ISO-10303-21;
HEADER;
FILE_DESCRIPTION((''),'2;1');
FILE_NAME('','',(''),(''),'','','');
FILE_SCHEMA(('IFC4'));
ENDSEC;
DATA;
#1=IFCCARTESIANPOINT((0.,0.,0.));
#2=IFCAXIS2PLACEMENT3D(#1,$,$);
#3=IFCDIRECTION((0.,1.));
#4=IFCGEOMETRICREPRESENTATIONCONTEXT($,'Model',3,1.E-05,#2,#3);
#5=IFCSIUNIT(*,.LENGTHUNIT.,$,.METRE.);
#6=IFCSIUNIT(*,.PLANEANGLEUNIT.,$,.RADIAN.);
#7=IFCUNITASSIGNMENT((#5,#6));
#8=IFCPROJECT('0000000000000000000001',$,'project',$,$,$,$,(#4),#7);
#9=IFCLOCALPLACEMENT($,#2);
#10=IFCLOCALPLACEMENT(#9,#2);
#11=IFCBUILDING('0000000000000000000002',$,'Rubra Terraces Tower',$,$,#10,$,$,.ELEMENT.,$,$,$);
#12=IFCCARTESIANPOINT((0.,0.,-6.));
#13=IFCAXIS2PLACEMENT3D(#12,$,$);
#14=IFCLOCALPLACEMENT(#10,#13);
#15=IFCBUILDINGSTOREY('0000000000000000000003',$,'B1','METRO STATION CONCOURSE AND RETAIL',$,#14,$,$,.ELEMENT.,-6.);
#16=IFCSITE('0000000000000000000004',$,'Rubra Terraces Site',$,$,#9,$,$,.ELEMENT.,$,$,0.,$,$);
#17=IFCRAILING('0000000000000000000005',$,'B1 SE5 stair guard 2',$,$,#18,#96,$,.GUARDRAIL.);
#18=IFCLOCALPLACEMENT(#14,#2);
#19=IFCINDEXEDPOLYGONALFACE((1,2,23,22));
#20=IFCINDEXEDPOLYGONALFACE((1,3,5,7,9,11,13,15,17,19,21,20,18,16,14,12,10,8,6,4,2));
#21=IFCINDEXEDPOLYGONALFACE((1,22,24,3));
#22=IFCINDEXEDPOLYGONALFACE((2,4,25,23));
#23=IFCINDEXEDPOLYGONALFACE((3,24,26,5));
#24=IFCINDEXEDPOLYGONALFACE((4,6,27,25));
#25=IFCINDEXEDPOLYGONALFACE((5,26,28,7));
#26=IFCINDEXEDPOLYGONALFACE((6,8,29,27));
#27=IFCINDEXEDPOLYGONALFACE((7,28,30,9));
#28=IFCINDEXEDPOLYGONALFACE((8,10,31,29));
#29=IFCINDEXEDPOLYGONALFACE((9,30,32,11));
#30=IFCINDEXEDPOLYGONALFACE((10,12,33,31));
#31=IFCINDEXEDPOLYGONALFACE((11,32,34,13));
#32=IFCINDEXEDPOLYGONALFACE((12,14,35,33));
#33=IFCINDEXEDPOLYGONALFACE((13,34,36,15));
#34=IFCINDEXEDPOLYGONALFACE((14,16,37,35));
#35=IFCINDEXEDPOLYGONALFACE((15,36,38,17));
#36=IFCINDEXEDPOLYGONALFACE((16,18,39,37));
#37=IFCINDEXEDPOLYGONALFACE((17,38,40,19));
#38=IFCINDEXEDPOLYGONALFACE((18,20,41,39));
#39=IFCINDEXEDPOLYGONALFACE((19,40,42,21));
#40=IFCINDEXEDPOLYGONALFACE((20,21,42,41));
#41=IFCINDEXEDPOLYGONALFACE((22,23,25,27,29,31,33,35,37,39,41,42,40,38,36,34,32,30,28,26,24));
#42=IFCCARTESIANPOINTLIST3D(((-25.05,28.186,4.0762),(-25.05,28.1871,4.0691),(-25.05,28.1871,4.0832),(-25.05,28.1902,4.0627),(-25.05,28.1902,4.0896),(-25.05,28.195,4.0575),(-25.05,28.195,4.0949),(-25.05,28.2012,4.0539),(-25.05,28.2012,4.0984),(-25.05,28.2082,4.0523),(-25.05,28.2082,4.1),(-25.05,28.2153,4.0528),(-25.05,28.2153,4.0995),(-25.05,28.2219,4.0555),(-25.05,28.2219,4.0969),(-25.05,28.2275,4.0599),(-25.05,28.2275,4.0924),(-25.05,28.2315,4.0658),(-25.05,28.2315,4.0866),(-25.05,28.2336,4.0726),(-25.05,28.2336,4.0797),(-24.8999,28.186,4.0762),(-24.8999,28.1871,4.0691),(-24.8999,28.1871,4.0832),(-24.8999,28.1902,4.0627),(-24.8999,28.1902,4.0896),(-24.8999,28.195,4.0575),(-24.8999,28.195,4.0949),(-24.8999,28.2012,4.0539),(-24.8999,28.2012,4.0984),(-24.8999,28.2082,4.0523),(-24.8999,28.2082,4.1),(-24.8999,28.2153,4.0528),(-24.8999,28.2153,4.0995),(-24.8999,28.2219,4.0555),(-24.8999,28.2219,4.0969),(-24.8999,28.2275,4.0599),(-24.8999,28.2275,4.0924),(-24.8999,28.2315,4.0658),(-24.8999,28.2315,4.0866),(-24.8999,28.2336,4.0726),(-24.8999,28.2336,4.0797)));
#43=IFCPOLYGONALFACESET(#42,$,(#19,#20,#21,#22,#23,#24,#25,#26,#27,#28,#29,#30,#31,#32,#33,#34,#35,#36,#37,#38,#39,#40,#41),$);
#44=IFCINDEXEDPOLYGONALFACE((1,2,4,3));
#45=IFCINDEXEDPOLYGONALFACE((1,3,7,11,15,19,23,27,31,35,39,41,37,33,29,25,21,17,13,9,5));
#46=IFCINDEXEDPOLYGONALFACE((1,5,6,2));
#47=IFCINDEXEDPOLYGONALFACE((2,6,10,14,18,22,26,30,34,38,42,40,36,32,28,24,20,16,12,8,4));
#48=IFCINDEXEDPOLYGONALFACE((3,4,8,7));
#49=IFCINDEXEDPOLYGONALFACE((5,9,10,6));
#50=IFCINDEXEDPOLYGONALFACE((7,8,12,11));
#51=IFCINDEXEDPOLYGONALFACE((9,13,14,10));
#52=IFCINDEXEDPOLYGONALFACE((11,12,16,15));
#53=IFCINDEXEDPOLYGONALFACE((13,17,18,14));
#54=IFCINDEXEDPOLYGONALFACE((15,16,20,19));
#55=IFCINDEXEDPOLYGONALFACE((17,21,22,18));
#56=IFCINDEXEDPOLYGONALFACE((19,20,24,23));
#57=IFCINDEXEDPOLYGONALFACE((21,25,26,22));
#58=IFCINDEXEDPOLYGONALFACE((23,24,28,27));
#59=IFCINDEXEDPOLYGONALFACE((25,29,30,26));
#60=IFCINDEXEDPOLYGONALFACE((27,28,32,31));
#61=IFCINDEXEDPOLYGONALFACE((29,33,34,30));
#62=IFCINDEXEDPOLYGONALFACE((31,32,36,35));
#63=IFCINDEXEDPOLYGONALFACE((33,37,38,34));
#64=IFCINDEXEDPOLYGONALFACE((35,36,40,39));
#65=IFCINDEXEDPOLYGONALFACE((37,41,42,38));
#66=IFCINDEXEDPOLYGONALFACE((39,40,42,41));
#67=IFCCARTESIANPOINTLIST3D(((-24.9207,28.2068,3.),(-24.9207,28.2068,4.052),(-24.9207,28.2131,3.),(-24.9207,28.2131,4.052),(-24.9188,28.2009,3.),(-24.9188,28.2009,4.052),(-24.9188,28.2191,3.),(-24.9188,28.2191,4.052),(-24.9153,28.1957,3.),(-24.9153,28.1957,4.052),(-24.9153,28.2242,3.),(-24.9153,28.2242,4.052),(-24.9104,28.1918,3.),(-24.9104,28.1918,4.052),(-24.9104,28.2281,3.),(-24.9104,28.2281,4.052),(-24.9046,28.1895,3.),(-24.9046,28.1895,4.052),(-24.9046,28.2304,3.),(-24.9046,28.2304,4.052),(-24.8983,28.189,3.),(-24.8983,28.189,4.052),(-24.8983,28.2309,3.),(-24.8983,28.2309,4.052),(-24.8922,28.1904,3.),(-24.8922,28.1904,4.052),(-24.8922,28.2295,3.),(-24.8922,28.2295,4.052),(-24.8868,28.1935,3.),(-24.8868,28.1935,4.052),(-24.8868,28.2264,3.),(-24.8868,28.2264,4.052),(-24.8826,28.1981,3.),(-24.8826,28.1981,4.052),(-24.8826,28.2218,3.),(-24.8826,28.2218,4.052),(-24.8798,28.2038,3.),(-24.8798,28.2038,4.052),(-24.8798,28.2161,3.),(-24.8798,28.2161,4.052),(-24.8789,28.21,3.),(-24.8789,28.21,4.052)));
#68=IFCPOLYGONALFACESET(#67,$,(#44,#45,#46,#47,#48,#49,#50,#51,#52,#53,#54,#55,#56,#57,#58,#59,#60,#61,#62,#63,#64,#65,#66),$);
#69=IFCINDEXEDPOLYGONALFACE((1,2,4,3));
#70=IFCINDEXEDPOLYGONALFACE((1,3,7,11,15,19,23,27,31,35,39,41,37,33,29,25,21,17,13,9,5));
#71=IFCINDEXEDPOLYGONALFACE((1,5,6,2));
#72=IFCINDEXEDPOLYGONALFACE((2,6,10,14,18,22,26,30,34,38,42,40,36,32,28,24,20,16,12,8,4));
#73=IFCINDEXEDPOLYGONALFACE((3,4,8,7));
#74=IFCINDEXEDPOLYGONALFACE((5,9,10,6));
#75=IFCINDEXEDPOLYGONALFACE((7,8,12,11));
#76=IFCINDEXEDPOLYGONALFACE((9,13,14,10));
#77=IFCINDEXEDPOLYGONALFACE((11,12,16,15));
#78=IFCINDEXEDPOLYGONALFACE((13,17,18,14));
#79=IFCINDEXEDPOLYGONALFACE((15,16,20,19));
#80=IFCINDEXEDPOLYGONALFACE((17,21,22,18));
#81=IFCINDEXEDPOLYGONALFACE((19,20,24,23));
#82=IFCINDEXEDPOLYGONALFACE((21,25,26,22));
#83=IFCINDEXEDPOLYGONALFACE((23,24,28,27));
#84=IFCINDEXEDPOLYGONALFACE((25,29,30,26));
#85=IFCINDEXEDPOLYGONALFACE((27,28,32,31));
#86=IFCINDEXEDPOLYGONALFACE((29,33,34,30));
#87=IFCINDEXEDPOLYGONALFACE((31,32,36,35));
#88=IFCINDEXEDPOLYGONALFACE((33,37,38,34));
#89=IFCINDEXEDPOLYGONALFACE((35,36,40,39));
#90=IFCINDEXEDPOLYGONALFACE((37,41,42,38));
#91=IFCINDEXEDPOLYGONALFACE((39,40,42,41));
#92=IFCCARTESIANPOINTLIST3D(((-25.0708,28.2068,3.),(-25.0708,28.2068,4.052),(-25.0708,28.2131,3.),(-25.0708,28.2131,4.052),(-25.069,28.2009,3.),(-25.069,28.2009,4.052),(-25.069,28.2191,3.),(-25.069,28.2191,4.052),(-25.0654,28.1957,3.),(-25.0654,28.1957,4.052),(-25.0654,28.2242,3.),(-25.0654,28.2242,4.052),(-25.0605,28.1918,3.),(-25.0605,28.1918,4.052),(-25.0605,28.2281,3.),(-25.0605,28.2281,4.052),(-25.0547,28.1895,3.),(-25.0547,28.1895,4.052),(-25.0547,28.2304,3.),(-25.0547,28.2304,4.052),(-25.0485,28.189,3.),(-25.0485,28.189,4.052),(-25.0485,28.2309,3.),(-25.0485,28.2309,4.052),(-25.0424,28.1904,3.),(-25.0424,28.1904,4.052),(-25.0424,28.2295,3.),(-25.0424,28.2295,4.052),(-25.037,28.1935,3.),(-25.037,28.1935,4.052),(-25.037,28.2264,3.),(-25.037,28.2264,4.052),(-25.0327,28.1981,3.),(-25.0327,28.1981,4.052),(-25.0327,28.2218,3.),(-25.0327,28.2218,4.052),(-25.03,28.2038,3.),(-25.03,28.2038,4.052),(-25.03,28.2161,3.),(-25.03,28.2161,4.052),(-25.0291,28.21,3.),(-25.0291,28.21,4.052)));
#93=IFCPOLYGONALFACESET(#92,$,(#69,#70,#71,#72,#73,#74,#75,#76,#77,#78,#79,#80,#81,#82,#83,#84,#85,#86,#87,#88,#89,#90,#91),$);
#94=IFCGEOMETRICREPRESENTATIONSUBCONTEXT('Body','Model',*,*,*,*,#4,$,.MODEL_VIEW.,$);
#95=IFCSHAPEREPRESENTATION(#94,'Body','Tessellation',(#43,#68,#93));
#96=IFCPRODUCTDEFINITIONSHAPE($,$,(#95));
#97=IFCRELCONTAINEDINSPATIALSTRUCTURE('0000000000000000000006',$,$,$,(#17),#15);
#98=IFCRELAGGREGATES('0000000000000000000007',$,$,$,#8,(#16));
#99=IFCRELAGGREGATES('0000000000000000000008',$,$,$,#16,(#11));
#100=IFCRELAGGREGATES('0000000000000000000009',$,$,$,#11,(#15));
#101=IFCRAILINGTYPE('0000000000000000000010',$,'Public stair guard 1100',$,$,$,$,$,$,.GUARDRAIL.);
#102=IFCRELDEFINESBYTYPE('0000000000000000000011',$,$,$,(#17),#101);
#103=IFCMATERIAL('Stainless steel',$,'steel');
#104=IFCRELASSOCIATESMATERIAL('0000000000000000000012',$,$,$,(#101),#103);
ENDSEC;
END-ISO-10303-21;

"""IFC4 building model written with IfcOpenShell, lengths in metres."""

from ifc_helpers import new_model, si_unit, direction, frame, origin, origin_2d, place, context, subcontext, project, spatial, circle, extrude, material, type_object, element, save


model = new_model("IFC4")

# Units and contexts
model_context = context("Model", 3, precision=1e-05, world=origin(), true_north=direction((0.0, 1.0)))
body_context = subcontext(model_context, "Body", "Model", "MODEL_VIEW")
ifc_project = project(units=[si_unit("LENGTHUNIT", "METRE"), si_unit("PLANEANGLEUNIT", "RADIAN")], contexts=[model_context])

# Site, building, storey
site_placement = place(None, origin())
site = spatial("IfcSite", under=ifc_project, at=site_placement, Name="Rubra Terraces Site", CompositionType="ELEMENT", RefElevation=0.0)
building_placement = place(site_placement, origin())
building = spatial("IfcBuilding", under=site, at=building_placement, Name="Rubra Terraces Tower", CompositionType="ELEMENT")
storey_placement = place(building_placement, frame((0.0, 0.0, -6.0)))
storey = spatial("IfcBuildingStorey", under=building, at=storey_placement, Name="B1", Description="METRO STATION CONCOURSE AND RETAIL", CompositionType="ELEMENT", Elevation=-6.0)

# Railing
ifc_material_1 = material(Name="Stainless steel", Category="steel")
railing_type_1 = type_object("IfcRailingType", Name="Public stair guard 1100", PredefinedType="GUARDRAIL", material=ifc_material_1)
railing_1_placement = place(storey_placement, frame((-24.8999, 28.21, 3.0)))
element("IfcRailing", 1, at=railing_1_placement, inside=storey, type_object=railing_type_1, Name="B1 SE5 stair guard 2", PredefinedType="GUARDRAIL", context=body_context, shape_type="SweptSolid", body=[
    extrude(circle(Radius=0.0239, at=origin_2d()), frame((0.0, 0.0, 1.0762), z_axis=(-1.0, 0.0, 0.0), x_axis=(0.0, -1.0, 0.0)), (0.0, 0.0, 1.0), 0.1501),
    extrude(circle(Radius=0.021, at=origin_2d()), origin(), (0.0, 0.0, 1.0), 1.052),
    extrude(circle(Radius=0.021, at=origin_2d()), frame((-0.1501, 0.0, 0.0)), (0.0, 0.0, 1.0), 1.052),
])

save(model, "model.ifc")
